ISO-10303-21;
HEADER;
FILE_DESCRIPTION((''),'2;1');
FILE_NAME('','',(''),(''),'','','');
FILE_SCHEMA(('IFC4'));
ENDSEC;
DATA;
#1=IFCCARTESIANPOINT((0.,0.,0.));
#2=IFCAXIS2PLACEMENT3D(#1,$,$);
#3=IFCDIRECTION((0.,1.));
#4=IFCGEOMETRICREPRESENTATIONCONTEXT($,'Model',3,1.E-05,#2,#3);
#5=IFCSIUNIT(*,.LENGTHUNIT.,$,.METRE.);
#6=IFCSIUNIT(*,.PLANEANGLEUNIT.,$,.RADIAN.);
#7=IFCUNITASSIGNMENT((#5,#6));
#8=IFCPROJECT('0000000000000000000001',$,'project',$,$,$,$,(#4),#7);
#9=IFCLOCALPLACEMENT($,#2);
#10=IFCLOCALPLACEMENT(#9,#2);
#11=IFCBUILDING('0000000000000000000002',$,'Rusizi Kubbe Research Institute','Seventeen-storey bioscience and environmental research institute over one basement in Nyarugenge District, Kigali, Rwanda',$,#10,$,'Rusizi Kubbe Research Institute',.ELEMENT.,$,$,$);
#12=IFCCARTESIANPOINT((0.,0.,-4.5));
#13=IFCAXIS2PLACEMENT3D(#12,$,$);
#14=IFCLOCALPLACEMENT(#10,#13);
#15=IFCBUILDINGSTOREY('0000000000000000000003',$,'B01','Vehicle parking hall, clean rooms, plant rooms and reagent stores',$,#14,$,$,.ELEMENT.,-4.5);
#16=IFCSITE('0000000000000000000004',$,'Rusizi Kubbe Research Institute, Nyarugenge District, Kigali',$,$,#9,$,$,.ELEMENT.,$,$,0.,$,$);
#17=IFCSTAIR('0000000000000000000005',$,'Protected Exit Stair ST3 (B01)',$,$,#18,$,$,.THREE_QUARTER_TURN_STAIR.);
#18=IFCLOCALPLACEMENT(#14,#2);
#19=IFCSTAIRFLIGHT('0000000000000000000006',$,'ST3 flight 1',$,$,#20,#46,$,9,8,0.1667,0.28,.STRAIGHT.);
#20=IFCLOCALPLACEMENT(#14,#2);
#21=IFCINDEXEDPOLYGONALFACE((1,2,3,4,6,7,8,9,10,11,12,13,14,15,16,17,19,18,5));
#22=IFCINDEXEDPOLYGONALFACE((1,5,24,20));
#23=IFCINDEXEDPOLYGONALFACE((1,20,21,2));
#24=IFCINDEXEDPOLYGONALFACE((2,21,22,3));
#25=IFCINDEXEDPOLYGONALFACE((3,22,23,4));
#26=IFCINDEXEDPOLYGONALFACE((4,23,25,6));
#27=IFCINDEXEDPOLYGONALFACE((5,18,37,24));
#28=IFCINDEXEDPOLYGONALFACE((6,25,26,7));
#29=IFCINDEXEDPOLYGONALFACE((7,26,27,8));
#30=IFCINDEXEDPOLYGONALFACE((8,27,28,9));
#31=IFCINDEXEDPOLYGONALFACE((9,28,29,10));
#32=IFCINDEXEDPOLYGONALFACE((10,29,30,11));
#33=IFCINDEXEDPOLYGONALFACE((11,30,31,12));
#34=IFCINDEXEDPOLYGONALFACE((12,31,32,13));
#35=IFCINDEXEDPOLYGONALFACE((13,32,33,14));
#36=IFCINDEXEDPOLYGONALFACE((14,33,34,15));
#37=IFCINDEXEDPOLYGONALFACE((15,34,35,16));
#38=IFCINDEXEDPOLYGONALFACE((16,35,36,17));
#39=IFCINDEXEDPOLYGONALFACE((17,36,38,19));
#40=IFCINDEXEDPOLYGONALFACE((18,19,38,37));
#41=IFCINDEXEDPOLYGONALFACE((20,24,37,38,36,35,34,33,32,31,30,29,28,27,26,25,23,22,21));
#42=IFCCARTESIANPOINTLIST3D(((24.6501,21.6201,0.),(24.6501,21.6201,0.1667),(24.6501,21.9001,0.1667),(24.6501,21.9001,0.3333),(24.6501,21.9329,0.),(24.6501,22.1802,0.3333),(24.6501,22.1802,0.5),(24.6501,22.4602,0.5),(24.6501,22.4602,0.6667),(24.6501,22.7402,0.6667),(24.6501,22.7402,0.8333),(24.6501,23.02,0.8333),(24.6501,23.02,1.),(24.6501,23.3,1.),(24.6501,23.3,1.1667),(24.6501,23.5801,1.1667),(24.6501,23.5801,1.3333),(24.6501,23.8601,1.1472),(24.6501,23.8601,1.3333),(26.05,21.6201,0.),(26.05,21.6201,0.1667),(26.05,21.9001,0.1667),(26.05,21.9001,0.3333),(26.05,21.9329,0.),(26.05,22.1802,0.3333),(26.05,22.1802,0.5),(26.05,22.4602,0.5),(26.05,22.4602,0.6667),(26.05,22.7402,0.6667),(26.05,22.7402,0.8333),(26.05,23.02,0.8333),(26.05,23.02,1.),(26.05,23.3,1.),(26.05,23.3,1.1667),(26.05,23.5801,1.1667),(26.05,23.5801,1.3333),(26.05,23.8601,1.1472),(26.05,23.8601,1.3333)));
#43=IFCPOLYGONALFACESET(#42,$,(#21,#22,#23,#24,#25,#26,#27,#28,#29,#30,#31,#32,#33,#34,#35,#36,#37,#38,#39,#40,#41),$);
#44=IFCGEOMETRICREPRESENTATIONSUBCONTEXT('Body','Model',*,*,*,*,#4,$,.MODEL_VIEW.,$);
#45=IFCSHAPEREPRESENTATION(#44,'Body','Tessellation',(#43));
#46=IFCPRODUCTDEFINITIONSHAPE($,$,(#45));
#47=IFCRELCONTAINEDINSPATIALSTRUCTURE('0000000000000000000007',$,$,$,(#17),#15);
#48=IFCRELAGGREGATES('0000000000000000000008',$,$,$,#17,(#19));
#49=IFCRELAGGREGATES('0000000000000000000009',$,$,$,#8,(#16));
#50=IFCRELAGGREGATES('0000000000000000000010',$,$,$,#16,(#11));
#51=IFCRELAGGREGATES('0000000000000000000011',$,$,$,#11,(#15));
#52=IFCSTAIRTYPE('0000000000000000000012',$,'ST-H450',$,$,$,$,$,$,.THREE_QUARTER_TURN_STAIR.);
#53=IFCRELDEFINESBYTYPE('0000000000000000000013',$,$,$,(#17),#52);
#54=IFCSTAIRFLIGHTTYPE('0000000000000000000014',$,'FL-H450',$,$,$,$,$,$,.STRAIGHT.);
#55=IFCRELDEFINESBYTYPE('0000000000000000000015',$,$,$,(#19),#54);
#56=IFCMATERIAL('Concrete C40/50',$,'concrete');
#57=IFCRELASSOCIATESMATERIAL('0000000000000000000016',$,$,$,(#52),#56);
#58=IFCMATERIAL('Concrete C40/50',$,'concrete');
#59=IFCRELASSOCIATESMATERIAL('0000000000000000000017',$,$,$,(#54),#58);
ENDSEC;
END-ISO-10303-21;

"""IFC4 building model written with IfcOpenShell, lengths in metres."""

from ifc_helpers import new_model, si_unit, direction, frame, origin, place, context, subcontext, project, spatial, polyline, outline, extrude, material, type_object, element, aggregate, save


model = new_model("IFC4")

# Units and contexts
model_context = context("Model", 3, precision=1e-05, world=origin(), true_north=direction((0.0, 1.0)))
body_context = subcontext(model_context, "Body", "Model", "MODEL_VIEW")
ifc_project = project(units=[si_unit("LENGTHUNIT", "METRE"), si_unit("PLANEANGLEUNIT", "RADIAN")], contexts=[model_context])

# Site, building, storey
site_placement = place(None, origin())
site = spatial("IfcSite", under=ifc_project, at=site_placement, Name="Rusizi Kubbe Research Institute, Nyarugenge District, Kigali", CompositionType="ELEMENT", RefElevation=0.0)
building_placement = place(site_placement, origin())
building = spatial("IfcBuilding", under=site, at=building_placement, Name="Rusizi Kubbe Research Institute", Description="Seventeen-storey bioscience and environmental research institute over one basement in Nyarugenge District, Kigali, Rwanda", LongName="Rusizi Kubbe Research Institute", CompositionType="ELEMENT")
storey_placement = place(building_placement, frame((0.0, 0.0, -4.5)))
storey = spatial("IfcBuildingStorey", under=building, at=storey_placement, Name="B01", Description="Vehicle parking hall, clean rooms, plant rooms and reagent stores", CompositionType="ELEMENT", Elevation=-4.5)

# Stair, stair flight
ifc_material_1 = material(Name="Concrete C40/50", Category="concrete")
stair_type = type_object("IfcStairType", Name="ST-H450", PredefinedType="THREE_QUARTER_TURN_STAIR", material=ifc_material_1)
stair_placement = place(storey_placement, origin())
stair = element("IfcStair", 1, at=stair_placement, inside=storey, type_object=stair_type, Name="Protected Exit Stair ST3 (B01)", PredefinedType="THREE_QUARTER_TURN_STAIR")
ifc_material_2 = material(Name="Concrete C40/50", Category="concrete")
stair_flight_type = type_object("IfcStairFlightType", Name="FL-H450", PredefinedType="STRAIGHT", material=ifc_material_2)
stair_flight_placement = place(storey_placement, frame((25.3501, 21.6201, 0.0), z_axis=(0.0, 0.0, 1.0), x_axis=(0.0, 1.0, 0.0)))
stair_flight = element("IfcStairFlight", 2, at=stair_flight_placement, type_object=stair_flight_type, Name="ST3 flight 1", NumberOfRisers=9, NumberOfTreads=8, PredefinedType="STRAIGHT", RiserHeight=0.1667, TreadLength=0.28, context=body_context, shape_type="SweptSolid", body=[
    extrude(outline(polyline([(0.0, 0.0), (0.0, 0.1667), (0.28, 0.1667), (0.28, 0.3333), (0.5601, 0.3333), (0.5601, 0.5), (0.8401, 0.5), (0.8401, 0.6667), (1.1201, 0.6667), (1.1201, 0.8333), (1.3999, 0.8333), (1.3999, 1.0), (1.6799, 1.0), (1.6799, 1.1667), (1.96, 1.1667), (1.96, 1.3333), (2.24, 1.3333), (2.24, 1.5), (2.24, 1.1472), (0.3127, 0.0), (0.0, 0.0)])), frame((0.0, 0.7, 0.0), z_axis=(0.0, -1.0, 0.0), x_axis=(1.0, 0.0, 0.0)), (0.0, 0.0, 1.0), 1.3999),
])
aggregate(stair, [stair_flight])

save(model, "model.ifc")
